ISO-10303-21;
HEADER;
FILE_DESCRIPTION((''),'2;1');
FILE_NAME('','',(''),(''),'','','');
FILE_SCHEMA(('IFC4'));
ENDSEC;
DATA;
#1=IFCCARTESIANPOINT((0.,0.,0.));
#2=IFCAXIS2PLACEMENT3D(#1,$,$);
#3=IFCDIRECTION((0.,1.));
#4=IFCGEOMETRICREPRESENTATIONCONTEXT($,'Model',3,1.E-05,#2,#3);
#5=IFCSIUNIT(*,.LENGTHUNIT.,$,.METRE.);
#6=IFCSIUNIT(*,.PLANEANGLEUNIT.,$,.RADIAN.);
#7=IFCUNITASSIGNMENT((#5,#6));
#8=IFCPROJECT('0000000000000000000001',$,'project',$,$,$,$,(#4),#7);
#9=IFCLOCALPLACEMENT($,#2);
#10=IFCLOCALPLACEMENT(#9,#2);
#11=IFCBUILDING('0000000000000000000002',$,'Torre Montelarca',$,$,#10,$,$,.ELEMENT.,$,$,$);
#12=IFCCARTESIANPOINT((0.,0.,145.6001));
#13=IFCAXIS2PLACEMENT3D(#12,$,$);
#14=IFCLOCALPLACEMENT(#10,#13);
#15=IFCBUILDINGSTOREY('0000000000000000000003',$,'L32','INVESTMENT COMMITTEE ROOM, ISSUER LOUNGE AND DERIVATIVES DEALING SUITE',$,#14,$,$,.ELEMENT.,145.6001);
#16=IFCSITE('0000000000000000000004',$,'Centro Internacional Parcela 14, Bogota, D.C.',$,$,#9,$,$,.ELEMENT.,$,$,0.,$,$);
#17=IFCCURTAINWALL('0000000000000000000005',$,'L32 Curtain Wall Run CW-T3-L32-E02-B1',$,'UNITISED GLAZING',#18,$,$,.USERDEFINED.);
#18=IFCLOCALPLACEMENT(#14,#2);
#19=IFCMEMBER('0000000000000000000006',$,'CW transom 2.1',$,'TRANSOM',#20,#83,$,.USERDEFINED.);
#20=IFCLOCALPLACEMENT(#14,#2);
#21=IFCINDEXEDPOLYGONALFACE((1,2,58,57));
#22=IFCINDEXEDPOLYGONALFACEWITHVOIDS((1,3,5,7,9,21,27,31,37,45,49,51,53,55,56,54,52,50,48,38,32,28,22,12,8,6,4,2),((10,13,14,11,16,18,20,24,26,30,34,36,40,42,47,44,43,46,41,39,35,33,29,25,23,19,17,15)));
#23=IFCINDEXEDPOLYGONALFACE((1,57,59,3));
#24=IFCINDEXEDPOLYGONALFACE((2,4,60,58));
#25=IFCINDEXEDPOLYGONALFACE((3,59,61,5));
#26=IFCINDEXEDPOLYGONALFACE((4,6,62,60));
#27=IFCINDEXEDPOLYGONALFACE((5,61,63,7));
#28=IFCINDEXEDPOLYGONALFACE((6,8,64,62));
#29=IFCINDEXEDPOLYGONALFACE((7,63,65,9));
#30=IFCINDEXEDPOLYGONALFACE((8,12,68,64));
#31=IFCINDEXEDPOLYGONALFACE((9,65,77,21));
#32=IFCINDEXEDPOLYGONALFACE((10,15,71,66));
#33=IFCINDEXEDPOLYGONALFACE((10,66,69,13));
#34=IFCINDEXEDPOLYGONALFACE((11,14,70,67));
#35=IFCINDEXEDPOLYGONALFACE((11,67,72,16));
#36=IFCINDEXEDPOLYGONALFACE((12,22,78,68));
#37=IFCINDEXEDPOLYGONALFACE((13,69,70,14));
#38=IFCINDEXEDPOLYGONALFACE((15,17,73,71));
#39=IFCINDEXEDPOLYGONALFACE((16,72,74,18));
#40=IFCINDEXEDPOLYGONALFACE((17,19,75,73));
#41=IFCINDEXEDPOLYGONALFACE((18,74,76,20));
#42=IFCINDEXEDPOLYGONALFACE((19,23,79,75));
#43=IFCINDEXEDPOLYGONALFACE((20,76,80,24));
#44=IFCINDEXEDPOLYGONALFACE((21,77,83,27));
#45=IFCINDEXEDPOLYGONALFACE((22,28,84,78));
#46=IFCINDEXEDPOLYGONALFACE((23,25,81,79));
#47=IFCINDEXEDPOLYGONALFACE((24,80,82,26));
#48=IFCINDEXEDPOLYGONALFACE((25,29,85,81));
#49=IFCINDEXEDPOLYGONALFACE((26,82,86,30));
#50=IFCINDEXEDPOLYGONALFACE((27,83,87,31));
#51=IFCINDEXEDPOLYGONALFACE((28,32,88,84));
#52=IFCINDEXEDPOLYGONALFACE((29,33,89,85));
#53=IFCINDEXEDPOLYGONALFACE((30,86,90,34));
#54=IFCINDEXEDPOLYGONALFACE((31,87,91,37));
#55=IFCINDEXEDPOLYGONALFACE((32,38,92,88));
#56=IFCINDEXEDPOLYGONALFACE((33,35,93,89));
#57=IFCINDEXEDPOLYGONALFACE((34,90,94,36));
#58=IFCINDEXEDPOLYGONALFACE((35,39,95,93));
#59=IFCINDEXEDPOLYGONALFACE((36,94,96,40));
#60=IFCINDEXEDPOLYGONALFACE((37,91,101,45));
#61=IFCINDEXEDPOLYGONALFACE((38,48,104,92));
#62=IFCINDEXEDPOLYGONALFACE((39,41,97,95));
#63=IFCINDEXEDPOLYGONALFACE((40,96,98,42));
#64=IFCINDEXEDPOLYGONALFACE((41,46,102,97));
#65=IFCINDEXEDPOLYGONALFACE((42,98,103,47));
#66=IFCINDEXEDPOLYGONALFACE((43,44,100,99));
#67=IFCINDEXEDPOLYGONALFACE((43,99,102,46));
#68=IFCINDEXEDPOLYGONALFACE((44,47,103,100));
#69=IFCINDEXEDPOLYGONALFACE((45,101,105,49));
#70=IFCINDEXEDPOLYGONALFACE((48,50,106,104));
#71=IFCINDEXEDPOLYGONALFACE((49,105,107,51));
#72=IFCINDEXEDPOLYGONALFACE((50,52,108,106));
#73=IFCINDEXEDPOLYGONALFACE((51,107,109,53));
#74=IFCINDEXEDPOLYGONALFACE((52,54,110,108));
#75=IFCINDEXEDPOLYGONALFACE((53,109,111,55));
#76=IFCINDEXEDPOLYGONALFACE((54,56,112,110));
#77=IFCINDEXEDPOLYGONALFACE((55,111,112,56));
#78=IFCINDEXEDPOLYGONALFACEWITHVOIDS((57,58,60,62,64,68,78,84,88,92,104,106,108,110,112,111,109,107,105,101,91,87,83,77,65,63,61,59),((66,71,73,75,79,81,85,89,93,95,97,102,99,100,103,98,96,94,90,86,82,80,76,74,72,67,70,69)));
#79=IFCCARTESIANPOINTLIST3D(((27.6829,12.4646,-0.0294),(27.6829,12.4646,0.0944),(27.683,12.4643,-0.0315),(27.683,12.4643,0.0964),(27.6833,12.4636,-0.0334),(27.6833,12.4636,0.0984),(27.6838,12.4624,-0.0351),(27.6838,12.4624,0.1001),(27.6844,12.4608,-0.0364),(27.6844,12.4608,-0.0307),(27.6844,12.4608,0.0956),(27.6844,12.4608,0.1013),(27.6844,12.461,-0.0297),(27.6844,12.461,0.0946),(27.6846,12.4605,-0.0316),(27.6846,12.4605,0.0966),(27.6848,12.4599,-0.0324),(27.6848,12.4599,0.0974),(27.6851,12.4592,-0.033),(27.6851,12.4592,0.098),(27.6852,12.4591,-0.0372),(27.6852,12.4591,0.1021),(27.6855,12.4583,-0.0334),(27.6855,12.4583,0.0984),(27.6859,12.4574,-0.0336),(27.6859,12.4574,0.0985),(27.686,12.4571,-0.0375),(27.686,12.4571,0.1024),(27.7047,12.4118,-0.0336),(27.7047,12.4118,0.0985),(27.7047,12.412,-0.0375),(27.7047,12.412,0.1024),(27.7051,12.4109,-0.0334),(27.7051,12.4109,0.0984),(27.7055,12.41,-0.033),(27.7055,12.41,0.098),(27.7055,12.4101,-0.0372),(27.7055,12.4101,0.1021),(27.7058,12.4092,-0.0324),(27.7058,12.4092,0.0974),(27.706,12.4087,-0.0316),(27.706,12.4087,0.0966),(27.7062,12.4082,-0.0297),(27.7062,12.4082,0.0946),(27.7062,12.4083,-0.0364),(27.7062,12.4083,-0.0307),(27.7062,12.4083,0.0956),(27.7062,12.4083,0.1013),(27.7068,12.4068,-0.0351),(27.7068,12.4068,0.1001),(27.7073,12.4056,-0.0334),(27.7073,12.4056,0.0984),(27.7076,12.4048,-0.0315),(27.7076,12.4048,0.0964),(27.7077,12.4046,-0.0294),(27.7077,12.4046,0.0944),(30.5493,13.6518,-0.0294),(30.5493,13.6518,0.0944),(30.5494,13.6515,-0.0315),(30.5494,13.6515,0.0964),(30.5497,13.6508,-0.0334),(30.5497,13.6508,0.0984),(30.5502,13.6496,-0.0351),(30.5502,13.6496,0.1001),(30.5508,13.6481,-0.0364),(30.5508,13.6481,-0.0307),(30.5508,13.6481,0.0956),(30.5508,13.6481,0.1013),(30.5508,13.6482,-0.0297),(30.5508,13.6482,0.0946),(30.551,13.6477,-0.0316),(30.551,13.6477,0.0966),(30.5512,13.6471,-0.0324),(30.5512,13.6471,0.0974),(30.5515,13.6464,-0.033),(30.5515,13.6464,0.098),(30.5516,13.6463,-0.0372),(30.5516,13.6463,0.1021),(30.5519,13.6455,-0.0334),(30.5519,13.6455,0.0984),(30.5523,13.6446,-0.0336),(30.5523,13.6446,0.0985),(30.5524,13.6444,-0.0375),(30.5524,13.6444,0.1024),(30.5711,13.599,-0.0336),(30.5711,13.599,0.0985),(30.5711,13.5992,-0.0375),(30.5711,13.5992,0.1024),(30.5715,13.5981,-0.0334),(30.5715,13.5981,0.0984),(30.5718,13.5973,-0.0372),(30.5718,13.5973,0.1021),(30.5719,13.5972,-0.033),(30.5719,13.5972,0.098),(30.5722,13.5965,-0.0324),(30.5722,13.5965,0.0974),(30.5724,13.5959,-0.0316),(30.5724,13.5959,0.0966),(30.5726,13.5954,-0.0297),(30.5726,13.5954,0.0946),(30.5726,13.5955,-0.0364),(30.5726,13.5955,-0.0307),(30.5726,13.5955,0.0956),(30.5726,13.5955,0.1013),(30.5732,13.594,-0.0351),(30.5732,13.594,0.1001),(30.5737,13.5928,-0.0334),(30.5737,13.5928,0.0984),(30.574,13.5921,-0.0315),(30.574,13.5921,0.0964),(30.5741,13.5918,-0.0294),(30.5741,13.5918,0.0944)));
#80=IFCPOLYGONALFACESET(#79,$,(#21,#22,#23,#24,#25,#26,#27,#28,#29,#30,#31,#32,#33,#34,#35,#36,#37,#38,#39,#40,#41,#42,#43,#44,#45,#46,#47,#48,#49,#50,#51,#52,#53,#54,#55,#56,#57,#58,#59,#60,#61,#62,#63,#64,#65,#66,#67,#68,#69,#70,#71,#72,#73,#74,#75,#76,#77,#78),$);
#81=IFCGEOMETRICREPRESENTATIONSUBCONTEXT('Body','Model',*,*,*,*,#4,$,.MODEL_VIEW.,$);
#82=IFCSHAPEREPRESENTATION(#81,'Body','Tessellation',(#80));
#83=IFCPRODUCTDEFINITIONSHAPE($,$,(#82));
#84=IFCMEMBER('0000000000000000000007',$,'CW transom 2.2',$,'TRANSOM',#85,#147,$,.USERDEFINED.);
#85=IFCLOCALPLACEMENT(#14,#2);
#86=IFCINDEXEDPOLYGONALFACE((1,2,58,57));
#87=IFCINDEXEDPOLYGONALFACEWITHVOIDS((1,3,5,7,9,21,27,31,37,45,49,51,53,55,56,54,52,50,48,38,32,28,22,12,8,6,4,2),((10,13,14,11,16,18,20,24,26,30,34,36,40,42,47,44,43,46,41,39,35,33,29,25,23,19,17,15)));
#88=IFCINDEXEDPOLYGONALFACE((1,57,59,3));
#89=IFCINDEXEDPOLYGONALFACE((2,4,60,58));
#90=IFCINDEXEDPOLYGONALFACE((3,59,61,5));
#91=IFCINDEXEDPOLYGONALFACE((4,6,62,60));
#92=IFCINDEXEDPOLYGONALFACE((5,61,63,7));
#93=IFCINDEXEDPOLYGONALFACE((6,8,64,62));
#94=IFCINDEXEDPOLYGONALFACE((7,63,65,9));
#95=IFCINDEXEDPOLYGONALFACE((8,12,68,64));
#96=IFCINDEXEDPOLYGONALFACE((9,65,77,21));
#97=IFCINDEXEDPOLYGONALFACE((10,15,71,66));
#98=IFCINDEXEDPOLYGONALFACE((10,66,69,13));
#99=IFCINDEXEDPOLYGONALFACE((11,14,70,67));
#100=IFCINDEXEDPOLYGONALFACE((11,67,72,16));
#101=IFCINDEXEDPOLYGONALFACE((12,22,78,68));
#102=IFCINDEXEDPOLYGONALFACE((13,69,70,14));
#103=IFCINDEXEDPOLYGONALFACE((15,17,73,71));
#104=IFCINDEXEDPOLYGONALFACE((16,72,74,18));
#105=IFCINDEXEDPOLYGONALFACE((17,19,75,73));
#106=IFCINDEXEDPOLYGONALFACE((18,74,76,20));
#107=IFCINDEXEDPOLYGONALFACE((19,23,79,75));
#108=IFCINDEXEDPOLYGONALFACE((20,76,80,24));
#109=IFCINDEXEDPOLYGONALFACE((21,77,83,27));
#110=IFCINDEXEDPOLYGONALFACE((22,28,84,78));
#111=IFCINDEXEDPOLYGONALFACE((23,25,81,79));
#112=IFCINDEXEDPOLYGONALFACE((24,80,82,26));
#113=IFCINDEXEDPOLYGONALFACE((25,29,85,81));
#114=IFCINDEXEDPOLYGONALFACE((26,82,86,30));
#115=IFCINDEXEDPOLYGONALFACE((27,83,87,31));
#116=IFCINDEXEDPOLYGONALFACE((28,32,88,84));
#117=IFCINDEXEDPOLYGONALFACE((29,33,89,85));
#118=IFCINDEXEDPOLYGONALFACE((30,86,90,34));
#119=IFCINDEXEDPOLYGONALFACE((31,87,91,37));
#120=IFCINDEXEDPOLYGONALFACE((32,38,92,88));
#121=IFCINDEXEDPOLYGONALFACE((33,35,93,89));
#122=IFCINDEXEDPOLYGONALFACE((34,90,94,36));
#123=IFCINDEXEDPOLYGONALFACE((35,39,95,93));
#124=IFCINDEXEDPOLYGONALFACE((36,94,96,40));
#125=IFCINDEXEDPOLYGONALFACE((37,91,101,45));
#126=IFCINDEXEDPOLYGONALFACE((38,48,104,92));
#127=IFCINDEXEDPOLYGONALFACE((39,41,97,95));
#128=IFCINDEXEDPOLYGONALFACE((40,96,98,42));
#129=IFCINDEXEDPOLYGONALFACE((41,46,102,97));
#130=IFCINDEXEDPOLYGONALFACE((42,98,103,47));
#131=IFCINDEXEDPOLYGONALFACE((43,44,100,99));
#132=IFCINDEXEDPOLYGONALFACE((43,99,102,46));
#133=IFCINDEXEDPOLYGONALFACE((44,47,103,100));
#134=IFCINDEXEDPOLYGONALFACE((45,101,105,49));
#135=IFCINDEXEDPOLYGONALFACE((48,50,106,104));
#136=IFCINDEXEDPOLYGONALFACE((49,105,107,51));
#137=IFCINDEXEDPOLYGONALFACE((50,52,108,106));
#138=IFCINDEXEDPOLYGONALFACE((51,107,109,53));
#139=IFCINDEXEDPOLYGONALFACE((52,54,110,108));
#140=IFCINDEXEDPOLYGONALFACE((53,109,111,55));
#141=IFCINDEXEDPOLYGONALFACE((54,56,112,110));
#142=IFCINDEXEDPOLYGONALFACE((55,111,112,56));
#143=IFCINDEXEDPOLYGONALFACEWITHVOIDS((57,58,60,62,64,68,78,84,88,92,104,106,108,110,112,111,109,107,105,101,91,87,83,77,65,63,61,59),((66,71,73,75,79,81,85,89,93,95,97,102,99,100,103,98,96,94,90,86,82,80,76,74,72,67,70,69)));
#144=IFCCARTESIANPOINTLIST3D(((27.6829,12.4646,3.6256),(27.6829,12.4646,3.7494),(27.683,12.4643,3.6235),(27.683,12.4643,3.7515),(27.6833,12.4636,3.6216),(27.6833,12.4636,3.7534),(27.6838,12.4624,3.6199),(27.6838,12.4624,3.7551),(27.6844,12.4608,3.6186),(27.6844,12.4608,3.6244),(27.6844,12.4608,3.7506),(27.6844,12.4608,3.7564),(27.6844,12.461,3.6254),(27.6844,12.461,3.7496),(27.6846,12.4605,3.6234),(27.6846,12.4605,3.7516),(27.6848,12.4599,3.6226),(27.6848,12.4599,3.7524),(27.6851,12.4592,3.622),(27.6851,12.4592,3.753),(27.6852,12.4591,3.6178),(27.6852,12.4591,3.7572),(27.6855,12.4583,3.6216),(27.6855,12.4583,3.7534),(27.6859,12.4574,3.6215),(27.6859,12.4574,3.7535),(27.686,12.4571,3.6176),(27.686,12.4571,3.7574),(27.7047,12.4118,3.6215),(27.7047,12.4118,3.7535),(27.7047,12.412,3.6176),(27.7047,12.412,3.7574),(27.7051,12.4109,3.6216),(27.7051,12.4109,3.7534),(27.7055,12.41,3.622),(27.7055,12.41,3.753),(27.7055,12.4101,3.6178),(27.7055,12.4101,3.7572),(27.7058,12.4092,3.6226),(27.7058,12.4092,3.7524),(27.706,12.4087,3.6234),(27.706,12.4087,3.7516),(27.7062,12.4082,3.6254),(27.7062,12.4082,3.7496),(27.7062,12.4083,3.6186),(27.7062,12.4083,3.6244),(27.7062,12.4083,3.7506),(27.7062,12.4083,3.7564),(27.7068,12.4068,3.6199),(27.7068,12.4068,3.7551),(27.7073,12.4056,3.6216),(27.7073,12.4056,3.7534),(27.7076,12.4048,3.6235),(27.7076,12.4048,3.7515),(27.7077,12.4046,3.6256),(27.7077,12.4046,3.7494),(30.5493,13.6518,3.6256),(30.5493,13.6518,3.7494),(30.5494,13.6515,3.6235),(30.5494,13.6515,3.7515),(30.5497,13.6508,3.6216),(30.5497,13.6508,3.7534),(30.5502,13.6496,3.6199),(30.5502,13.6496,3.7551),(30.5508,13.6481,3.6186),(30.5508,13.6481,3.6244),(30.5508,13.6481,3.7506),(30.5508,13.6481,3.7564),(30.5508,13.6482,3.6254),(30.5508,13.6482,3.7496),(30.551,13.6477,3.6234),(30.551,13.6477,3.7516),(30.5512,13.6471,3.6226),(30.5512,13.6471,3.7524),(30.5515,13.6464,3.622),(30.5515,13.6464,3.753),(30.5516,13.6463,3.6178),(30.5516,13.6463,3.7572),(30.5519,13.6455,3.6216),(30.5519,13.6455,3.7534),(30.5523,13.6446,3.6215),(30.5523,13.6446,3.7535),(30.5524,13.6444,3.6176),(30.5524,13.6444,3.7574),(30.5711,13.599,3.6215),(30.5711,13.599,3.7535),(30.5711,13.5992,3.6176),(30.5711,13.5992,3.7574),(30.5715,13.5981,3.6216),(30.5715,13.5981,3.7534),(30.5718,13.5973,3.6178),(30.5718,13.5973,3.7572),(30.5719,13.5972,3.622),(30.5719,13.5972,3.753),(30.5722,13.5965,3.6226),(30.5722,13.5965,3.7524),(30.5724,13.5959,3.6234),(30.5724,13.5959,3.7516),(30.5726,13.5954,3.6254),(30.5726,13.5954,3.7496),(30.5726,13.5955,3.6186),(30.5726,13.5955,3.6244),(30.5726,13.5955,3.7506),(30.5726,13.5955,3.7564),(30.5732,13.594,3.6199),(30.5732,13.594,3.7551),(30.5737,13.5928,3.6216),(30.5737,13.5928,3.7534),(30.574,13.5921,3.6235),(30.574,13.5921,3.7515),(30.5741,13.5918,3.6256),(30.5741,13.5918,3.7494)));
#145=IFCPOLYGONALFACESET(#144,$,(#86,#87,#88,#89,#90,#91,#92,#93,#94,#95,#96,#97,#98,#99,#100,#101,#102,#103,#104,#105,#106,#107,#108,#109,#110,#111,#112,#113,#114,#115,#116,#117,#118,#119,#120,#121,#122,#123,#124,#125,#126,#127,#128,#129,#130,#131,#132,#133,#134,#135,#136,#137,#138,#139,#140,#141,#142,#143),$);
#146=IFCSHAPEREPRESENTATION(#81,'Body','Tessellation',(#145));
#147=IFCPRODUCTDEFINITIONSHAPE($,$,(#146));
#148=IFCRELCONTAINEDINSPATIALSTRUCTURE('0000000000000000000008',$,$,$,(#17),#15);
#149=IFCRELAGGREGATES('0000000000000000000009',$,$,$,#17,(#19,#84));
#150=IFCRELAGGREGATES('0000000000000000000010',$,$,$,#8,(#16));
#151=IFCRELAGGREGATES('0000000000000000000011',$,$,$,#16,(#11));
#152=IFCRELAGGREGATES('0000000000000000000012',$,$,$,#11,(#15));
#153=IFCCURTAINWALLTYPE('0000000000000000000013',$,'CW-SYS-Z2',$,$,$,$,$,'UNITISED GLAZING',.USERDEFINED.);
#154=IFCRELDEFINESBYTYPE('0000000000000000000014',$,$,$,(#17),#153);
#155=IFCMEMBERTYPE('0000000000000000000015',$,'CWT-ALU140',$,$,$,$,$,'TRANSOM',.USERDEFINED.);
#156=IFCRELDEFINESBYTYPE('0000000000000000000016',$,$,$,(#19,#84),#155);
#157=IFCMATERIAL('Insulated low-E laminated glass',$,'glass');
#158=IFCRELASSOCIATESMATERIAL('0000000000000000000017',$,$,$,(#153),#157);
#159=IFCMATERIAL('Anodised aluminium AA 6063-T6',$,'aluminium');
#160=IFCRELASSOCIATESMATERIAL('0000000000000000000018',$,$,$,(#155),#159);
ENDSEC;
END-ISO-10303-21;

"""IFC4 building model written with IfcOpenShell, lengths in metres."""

from ifc_helpers import new_model, si_unit, direction, frame, origin, origin_2d, place, context, subcontext, project, spatial, hollow_rectangle, extrude, source, transform, mapped, material, material_profile, profile_set, type_object, element, aggregate, save


model = new_model("IFC4")

# Units and contexts
model_context = context("Model", 3, precision=1e-05, world=origin(), true_north=direction((0.0, 1.0)))
body_context = subcontext(model_context, "Body", "Model", "MODEL_VIEW")
ifc_project = project(units=[si_unit("LENGTHUNIT", "METRE"), si_unit("PLANEANGLEUNIT", "RADIAN")], contexts=[model_context])

# Site, building, storey
site_placement = place(None, origin())
site = spatial("IfcSite", under=ifc_project, at=site_placement, Name="Centro Internacional Parcela 14, Bogota, D.C.", CompositionType="ELEMENT", RefElevation=0.0)
building_placement = place(site_placement, origin())
building = spatial("IfcBuilding", under=site, at=building_placement, Name="Torre Montelarca", CompositionType="ELEMENT")
storey_placement = place(building_placement, frame((0.0, 0.0, 145.6001)))
storey = spatial("IfcBuildingStorey", under=building, at=storey_placement, Name="L32", Description="INVESTMENT COMMITTEE ROOM, ISSUER LOUNGE AND DERIVATIVES DEALING SUITE", CompositionType="ELEMENT", Elevation=145.6001)

# Curtain wall, members
ifc_material_1 = material(Name="Insulated low-E laminated glass", Category="glass")
curtain_wall_type = type_object("IfcCurtainWallType", Name="CW-SYS-Z2", ElementType="UNITISED GLAZING", PredefinedType="USERDEFINED", material=ifc_material_1)
curtain_wall_1_placement = place(storey_placement, origin())
curtain_wall_1 = element("IfcCurtainWall", 1, at=curtain_wall_1_placement, inside=storey, type_object=curtain_wall_type, Name="L32 Curtain Wall Run CW-T3-L32-E02-B1", ObjectType="UNITISED GLAZING", PredefinedType="USERDEFINED")
ifc_material_2 = material(Name="Anodised aluminium AA 6063-T6", Category="aluminium")
ifc_material_profile_1 = material_profile(ifc_material_2, hollow_rectangle(XDim=0.0649, YDim=0.1399, WallThickness=0.0039, InnerFilletRadius=0.0039, OuterFilletRadius=0.0081, at=origin_2d()), Name="ALU65X140X4", Category="aluminium")
ifc_profile_set_1 = profile_set([ifc_material_profile_1], Name="Anodised aluminium AA 6063-T6")
member_type_1 = type_object("IfcMemberType", Name="CWT-ALU140", ElementType="TRANSOM", PredefinedType="USERDEFINED", material=ifc_profile_set_1)
shared_shape_1 = source(origin(), body_context, "Body", "SweptSolid", [
    extrude(hollow_rectangle(XDim=0.0649, YDim=0.1399, WallThickness=0.0039, InnerFilletRadius=0.0039, OuterFilletRadius=0.0081, at=origin_2d()), origin(), (0.0, 0.0, 1.0), 3.1025),
])
member_1_placement = place(storey_placement, frame((27.6953, 12.4346, 0.0325), z_axis=(0.923887, 0.382665, 0.0), x_axis=(-0.382665, 0.923887, 0.0)))
member_1 = element("IfcMember", 2, at=member_1_placement, type_object=member_type_1, Name="CW transom 2.1", ObjectType="TRANSOM", PredefinedType="USERDEFINED", context=body_context, shape_type="MappedRepresentation", body=[
    mapped(shared_shape_1, transform((0.0, 0.0, 0.0), scale=1.0)),
])
member_2_placement = place(storey_placement, frame((27.6953, 12.4346, 3.6875), z_axis=(0.923887, 0.382665, 0.0), x_axis=(-0.382665, 0.923887, 0.0)))
member_2 = element("IfcMember", 3, at=member_2_placement, type_object=member_type_1, Name="CW transom 2.2", ObjectType="TRANSOM", PredefinedType="USERDEFINED", context=body_context, shape_type="MappedRepresentation", body=[
    mapped(shared_shape_1, transform((0.0, 0.0, 0.0), scale=1.0)),
])

aggregate(curtain_wall_1, [member_1, member_2])

save(model, "model.ifc")
